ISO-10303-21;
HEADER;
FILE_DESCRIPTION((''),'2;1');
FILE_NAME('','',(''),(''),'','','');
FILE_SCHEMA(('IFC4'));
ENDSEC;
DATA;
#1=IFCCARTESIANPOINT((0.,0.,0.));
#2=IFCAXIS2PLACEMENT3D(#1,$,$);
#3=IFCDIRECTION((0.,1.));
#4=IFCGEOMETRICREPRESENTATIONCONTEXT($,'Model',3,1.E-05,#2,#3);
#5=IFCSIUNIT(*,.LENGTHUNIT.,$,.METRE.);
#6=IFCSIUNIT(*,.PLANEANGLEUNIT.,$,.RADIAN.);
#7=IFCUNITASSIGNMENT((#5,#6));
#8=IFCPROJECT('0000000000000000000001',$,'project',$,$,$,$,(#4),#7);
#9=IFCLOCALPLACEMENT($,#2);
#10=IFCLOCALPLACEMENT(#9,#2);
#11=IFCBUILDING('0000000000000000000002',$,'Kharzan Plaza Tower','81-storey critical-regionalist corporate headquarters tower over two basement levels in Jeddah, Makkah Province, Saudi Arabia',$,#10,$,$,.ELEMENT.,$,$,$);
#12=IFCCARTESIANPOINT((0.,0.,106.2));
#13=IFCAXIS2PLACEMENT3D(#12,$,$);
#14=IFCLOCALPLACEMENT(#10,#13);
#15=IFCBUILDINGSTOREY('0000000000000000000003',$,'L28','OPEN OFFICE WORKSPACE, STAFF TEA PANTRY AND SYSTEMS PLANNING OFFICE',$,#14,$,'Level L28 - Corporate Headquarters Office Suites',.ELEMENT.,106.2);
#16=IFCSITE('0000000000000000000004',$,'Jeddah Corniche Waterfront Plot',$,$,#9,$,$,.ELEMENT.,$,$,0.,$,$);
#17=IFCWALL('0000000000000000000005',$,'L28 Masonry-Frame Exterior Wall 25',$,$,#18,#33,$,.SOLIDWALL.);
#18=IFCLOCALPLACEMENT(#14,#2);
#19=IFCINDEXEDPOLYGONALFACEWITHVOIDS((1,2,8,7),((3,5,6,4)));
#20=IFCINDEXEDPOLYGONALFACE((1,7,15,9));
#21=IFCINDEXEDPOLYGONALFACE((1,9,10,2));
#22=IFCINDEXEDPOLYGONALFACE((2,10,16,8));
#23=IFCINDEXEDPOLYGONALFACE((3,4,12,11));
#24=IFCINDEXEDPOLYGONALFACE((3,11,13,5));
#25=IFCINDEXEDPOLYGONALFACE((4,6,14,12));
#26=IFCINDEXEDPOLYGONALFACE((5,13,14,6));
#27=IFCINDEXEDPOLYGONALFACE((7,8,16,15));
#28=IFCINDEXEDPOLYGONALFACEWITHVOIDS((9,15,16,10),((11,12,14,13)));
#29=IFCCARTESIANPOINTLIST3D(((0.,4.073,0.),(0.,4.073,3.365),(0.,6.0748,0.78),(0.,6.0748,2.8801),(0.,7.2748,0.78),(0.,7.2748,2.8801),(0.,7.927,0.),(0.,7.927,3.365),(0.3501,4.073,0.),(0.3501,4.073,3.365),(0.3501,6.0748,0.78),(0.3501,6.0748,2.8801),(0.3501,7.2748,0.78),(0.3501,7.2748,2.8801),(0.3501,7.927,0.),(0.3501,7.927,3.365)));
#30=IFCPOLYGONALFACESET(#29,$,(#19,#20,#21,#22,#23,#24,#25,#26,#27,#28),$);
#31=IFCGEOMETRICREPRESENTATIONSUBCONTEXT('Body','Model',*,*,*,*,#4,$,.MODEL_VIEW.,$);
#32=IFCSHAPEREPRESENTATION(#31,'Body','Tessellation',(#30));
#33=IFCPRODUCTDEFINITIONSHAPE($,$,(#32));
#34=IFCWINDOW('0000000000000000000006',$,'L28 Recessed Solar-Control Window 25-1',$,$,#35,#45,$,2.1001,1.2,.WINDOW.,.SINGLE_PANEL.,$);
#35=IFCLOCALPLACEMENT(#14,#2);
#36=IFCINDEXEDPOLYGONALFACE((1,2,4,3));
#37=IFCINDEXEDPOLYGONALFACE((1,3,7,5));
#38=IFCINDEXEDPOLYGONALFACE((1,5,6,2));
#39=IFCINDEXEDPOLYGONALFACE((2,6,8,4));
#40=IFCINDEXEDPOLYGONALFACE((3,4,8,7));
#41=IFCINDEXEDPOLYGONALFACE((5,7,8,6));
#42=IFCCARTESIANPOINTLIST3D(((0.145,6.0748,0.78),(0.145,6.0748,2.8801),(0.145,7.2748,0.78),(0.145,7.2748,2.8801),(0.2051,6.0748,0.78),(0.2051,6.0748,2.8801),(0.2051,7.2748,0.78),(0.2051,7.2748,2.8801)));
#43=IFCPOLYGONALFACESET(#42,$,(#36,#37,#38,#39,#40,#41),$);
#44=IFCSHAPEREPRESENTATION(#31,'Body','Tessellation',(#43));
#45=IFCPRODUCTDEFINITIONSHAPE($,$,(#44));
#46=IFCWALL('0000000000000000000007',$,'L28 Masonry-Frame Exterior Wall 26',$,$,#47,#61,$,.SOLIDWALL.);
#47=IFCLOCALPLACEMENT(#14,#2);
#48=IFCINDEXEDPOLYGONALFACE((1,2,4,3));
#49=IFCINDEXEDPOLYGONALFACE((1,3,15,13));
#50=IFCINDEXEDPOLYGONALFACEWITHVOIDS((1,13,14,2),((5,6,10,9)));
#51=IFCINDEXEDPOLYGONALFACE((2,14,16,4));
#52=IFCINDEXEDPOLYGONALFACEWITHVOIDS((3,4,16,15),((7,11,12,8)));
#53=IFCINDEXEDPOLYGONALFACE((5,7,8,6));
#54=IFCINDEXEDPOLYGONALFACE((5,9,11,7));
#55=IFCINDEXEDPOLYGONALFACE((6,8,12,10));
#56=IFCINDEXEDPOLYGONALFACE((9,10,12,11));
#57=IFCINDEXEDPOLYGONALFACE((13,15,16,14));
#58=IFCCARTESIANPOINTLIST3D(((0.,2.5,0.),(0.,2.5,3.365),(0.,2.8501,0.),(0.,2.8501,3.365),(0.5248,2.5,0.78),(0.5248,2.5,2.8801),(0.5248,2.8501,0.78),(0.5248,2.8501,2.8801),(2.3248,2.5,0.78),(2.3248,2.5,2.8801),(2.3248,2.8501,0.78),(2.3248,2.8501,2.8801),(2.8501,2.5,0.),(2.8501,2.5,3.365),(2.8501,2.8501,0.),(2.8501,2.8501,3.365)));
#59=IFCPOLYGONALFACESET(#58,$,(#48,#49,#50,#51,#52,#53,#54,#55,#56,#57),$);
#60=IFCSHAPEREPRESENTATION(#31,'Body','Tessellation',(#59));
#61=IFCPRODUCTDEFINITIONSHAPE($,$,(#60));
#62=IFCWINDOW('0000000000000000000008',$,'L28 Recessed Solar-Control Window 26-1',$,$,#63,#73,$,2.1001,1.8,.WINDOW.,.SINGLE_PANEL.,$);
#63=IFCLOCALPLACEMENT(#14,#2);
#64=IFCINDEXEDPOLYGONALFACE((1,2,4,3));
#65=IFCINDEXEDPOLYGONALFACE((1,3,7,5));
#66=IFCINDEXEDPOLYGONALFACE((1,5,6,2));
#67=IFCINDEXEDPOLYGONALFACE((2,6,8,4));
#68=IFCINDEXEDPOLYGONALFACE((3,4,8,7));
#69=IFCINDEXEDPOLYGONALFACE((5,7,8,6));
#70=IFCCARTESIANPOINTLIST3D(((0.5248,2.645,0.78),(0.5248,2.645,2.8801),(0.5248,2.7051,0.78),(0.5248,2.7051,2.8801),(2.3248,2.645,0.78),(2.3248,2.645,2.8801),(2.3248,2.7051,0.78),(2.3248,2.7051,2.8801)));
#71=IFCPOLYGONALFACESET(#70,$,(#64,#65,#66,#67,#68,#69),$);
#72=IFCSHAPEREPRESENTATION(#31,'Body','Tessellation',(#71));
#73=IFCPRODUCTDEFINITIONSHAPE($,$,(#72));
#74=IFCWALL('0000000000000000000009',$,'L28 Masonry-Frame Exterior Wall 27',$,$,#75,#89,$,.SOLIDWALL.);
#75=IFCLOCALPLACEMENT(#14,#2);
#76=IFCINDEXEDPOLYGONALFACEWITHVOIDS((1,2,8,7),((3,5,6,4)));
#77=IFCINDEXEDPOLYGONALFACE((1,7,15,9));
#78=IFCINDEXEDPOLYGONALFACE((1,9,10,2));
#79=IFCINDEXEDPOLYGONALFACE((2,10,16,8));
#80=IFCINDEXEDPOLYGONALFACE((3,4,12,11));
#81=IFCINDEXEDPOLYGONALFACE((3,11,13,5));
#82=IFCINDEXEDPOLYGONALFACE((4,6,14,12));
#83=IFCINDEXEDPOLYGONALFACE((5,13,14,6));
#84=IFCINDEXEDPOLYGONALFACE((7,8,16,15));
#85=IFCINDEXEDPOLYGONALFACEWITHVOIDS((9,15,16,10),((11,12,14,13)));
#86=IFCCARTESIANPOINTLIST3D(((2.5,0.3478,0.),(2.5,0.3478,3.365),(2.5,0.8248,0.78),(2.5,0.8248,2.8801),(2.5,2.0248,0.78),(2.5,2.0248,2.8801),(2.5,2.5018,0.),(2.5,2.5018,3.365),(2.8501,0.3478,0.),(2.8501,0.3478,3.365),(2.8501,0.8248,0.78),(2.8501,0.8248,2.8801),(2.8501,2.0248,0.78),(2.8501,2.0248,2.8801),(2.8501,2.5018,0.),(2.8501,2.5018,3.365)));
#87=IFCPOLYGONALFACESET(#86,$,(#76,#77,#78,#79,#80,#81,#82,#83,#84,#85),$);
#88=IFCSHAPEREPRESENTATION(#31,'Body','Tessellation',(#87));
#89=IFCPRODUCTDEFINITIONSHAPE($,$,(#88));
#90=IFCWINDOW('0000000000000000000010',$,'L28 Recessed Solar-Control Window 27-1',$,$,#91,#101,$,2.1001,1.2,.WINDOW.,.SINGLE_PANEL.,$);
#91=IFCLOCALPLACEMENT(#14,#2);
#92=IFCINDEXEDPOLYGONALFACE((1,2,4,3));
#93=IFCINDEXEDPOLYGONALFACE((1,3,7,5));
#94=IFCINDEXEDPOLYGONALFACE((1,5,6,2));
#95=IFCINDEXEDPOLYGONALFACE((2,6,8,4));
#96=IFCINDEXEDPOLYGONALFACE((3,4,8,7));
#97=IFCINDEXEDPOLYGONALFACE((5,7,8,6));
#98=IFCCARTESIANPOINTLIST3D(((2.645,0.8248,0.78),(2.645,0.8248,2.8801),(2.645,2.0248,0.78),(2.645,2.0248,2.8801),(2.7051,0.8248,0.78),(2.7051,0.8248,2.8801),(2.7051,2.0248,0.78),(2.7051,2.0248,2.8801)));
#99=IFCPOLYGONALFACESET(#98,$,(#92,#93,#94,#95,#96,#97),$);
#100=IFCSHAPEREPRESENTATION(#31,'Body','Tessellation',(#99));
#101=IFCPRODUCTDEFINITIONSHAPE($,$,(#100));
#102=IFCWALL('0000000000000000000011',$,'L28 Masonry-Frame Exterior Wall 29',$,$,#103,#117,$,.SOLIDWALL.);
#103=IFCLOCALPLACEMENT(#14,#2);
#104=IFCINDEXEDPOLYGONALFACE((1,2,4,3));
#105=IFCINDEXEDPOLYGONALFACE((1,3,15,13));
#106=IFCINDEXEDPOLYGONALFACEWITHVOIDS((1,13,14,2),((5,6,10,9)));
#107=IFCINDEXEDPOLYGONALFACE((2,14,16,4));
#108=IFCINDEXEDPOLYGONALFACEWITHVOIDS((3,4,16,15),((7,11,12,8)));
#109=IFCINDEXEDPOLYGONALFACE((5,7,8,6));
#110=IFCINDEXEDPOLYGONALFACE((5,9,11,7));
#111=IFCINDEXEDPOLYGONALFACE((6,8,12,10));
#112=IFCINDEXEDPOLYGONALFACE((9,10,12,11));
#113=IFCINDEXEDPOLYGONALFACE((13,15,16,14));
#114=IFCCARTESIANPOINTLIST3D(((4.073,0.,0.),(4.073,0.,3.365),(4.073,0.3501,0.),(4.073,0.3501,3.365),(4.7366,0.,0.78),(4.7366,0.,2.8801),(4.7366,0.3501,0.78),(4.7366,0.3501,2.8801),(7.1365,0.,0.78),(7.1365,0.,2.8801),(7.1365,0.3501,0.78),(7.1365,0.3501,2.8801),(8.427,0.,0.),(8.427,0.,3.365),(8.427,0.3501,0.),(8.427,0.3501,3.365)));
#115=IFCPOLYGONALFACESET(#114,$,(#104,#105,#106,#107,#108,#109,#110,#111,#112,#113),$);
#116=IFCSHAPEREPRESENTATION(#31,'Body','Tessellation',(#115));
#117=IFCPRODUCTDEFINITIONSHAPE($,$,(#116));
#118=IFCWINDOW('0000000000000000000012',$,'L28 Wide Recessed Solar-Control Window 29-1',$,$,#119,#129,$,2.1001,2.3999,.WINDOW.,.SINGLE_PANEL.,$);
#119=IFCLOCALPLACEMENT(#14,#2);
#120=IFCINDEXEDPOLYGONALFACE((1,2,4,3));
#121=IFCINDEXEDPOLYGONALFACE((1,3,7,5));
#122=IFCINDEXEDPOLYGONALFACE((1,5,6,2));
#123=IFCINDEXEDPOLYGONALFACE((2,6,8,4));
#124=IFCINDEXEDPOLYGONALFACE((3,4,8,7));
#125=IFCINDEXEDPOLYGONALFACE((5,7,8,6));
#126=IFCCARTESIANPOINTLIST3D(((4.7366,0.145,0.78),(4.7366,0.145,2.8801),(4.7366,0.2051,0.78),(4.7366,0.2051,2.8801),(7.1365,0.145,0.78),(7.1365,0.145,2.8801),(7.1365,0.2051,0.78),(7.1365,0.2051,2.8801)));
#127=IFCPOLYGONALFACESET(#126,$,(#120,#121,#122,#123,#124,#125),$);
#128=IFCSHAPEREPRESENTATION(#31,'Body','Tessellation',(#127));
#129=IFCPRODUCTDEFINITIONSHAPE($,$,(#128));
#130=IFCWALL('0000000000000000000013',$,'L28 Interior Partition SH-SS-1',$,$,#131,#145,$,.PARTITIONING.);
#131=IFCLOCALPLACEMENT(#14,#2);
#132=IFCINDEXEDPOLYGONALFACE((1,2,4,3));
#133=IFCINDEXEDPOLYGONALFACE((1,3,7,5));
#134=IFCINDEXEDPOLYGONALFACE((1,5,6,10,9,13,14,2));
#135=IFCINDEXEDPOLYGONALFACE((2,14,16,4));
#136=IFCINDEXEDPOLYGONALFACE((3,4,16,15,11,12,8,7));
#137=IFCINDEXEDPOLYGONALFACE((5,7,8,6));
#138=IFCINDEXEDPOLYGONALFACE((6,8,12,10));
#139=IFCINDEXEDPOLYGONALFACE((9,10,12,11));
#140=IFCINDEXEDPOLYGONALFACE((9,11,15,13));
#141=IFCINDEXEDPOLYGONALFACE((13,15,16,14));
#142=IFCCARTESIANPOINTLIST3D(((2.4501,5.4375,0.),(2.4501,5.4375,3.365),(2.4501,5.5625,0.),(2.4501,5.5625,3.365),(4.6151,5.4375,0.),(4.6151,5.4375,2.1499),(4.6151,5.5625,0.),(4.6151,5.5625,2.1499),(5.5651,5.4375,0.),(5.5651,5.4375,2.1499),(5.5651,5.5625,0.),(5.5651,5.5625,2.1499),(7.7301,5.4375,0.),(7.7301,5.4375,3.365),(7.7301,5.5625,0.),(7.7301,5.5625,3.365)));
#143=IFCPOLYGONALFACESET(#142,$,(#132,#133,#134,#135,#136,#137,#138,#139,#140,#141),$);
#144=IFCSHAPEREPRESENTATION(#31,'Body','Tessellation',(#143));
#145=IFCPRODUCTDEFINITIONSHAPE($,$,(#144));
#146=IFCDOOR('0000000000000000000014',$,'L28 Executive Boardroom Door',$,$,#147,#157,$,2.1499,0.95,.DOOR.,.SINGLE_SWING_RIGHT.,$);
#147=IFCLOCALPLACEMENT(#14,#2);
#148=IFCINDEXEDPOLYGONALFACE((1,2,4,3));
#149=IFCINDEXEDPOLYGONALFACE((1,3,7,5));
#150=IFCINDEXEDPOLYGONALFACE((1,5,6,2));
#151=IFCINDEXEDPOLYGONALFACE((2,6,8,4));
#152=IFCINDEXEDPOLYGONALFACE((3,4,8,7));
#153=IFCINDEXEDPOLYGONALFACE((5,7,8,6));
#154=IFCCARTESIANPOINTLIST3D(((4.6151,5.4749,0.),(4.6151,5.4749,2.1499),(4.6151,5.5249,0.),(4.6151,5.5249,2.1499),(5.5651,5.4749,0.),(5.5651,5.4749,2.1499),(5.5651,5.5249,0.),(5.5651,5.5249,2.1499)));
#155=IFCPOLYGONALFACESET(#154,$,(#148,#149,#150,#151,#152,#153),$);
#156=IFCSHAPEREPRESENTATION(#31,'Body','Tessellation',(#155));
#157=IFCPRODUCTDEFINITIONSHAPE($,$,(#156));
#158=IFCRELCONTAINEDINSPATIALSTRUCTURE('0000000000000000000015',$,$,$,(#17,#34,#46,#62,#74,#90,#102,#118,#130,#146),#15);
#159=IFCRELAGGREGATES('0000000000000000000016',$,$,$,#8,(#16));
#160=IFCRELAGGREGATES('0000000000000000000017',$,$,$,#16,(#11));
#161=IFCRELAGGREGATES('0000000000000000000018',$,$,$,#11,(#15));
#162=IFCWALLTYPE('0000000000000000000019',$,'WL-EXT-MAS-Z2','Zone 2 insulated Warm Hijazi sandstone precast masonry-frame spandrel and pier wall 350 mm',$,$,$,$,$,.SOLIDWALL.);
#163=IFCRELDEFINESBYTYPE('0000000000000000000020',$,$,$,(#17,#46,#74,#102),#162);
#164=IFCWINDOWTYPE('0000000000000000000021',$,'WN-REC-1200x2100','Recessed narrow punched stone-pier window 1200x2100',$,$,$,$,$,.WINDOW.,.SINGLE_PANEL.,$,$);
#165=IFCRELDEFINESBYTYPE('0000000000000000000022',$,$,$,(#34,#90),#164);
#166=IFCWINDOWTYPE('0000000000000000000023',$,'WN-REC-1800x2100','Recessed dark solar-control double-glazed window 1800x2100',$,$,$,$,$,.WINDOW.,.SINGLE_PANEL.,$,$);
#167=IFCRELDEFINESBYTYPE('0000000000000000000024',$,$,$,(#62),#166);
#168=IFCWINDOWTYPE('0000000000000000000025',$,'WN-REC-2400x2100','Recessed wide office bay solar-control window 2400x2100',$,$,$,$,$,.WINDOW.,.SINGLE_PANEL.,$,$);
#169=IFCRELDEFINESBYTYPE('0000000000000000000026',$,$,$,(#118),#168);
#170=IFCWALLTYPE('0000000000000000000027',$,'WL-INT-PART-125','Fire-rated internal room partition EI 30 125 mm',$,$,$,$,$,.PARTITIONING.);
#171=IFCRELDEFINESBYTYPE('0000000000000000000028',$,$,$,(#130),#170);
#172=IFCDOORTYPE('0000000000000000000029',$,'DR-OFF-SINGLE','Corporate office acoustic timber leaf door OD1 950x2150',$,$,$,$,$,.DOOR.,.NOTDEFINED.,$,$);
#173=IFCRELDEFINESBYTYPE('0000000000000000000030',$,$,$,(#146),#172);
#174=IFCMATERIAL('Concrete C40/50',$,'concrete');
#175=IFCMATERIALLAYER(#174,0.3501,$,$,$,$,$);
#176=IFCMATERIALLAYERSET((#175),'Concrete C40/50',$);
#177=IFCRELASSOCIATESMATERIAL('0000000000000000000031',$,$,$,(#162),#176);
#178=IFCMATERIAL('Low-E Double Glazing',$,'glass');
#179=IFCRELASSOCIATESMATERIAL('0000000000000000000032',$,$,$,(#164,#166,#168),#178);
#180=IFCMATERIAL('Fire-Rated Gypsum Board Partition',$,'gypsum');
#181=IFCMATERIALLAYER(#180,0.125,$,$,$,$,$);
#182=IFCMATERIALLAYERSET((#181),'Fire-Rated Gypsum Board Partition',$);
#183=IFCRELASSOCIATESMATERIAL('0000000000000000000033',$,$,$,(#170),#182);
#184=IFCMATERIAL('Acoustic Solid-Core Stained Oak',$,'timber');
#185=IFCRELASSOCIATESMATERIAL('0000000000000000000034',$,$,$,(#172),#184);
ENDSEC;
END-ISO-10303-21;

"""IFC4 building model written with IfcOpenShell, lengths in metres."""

from ifc_helpers import new_model, si_unit, direction, frame, frame_2d, origin, place, context, subcontext, project, spatial, rectangle, extrude, source, transform, mapped, material, layer, layer_set, type_object, element, fill, save


model = new_model("IFC4")

# Units and contexts
model_context = context("Model", 3, precision=1e-05, world=origin(), true_north=direction((0.0, 1.0)))
body_context = subcontext(model_context, "Body", "Model", "MODEL_VIEW")
ifc_project = project(units=[si_unit("LENGTHUNIT", "METRE"), si_unit("PLANEANGLEUNIT", "RADIAN")], contexts=[model_context])

# Site, building, storey
site_placement = place(None, origin())
site = spatial("IfcSite", under=ifc_project, at=site_placement, Name="Jeddah Corniche Waterfront Plot", CompositionType="ELEMENT", RefElevation=0.0)
building_placement = place(site_placement, origin())
building = spatial("IfcBuilding", under=site, at=building_placement, Name="Kharzan Plaza Tower", Description="81-storey critical-regionalist corporate headquarters tower over two basement levels in Jeddah, Makkah Province, Saudi Arabia", CompositionType="ELEMENT")
storey_placement = place(building_placement, frame((0.0, 0.0, 106.2)))
storey = spatial("IfcBuildingStorey", under=building, at=storey_placement, Name="L28", Description="OPEN OFFICE WORKSPACE, STAFF TEA PANTRY AND SYSTEMS PLANNING OFFICE", LongName="Level L28 - Corporate Headquarters Office Suites", CompositionType="ELEMENT", Elevation=106.2)

# Shared definitions
ifc_material_1 = material(Name="Concrete C40/50", Category="concrete")

# Walls, openings, windows
ifc_layer_1 = layer(ifc_material_1, 0.3501)
ifc_layer_set_1 = layer_set([ifc_layer_1], Name="Concrete C40/50")
wall_type_1 = type_object("IfcWallType", Name="WL-EXT-MAS-Z2", Description="Zone 2 insulated Warm Hijazi sandstone precast masonry-frame spandrel and pier wall 350 mm", PredefinedType="SOLIDWALL", material=ifc_layer_set_1)
wall_1_placement = place(storey_placement, frame((0.175, 7.927, 0.0), z_axis=(0.0, 0.0, 1.0), x_axis=(0.0, -1.0, 0.0)))
wall_1 = element("IfcWall", 1, at=wall_1_placement, inside=storey, type_object=wall_type_1, Name="L28 Masonry-Frame Exterior Wall 25", PredefinedType="SOLIDWALL", context=body_context, shape_type="SweptSolid", body=[
    extrude(rectangle(XDim=3.854, YDim=0.3501, at=frame_2d((1.927, 0.0))), origin(), (0.0, 0.0, 1.0), 3.365),
])
opening_1_placement = place(wall_1_placement, frame((0.6521, 0.0, 0.78)))
opening_1 = element("IfcOpeningElement", 2, at=opening_1_placement, cuts=wall_1, PredefinedType="OPENING", context=body_context, shape_type="SweptSolid", body=[
    extrude(rectangle(XDim=1.2, YDim=2.1001, at=frame_2d((0.6001, 1.05))), frame((0.0, 0.1851, 0.0), z_axis=(0.0, -1.0, 0.0), x_axis=(1.0, 0.0, 0.0)), (0.0, 0.0, 1.0), 0.3701),
])
ifc_material_2 = material(Name="Low-E Double Glazing", Category="glass")
window_type_1 = type_object("IfcWindowType", Name="WN-REC-1200x2100", Description="Recessed narrow punched stone-pier window 1200x2100", PartitioningType="SINGLE_PANEL", PredefinedType="WINDOW", material=ifc_material_2)
shared_shape_1 = source(origin(), body_context, "Body", "SweptSolid", [
    extrude(rectangle(XDim=1.2, YDim=2.1001, at=frame_2d((0.6001, 1.05))), frame((0.0, 0.03, 0.0), z_axis=(0.0, -1.0, 0.0), x_axis=(1.0, 0.0, 0.0)), (0.0, 0.0, 1.0), 0.0601),
])
window_1_placement = place(opening_1_placement, origin())
window_1 = element("IfcWindow", 3, at=window_1_placement, inside=storey, type_object=window_type_1, Name="L28 Recessed Solar-Control Window 25-1", OverallHeight=2.1001, OverallWidth=1.2, PartitioningType="SINGLE_PANEL", PredefinedType="WINDOW", context=body_context, shape_type="MappedRepresentation", body=[
    mapped(shared_shape_1, transform((0.0, 0.0, 0.0), x_axis=(1.0, 0.0, 0.0), y_axis=(0.0, 1.0, 0.0), z_axis=(0.0, 0.0, 1.0))),
])
fill(opening_1, window_1)
wall_2_placement = place(storey_placement, frame((0.0, 2.675, 0.0), z_axis=(0.0, 0.0, 1.0), x_axis=(1.0, 0.0, 0.0)))
wall_2 = element("IfcWall", 4, at=wall_2_placement, inside=storey, type_object=wall_type_1, Name="L28 Masonry-Frame Exterior Wall 26", PredefinedType="SOLIDWALL", context=body_context, shape_type="SweptSolid", body=[
    extrude(rectangle(XDim=2.8501, YDim=0.3501, at=frame_2d((1.425, 0.0))), origin(), (0.0, 0.0, 1.0), 3.365),
])
opening_2_placement = place(wall_2_placement, frame((0.5249, 0.0, 0.78)))
opening_2 = element("IfcOpeningElement", 5, at=opening_2_placement, cuts=wall_2, PredefinedType="OPENING", context=body_context, shape_type="SweptSolid", body=[
    extrude(rectangle(XDim=1.8, YDim=2.1001, at=frame_2d((0.8999, 1.05))), frame((0.0, 0.1851, 0.0), z_axis=(0.0, -1.0, 0.0), x_axis=(1.0, 0.0, 0.0)), (0.0, 0.0, 1.0), 0.3701),
])
window_type_2 = type_object("IfcWindowType", Name="WN-REC-1800x2100", Description="Recessed dark solar-control double-glazed window 1800x2100", PartitioningType="SINGLE_PANEL", PredefinedType="WINDOW", material=ifc_material_2)
shared_shape_2 = source(origin(), body_context, "Body", "SweptSolid", [
    extrude(rectangle(XDim=1.8, YDim=2.1001, at=frame_2d((0.8999, 1.05))), frame((0.0, 0.03, 0.0), z_axis=(0.0, -1.0, 0.0), x_axis=(1.0, 0.0, 0.0)), (0.0, 0.0, 1.0), 0.0601),
])
window_2_placement = place(opening_2_placement, origin())
window_2 = element("IfcWindow", 6, at=window_2_placement, inside=storey, type_object=window_type_2, Name="L28 Recessed Solar-Control Window 26-1", OverallHeight=2.1001, OverallWidth=1.8, PartitioningType="SINGLE_PANEL", PredefinedType="WINDOW", context=body_context, shape_type="MappedRepresentation", body=[
    mapped(shared_shape_2, transform((0.0, 0.0, 0.0), x_axis=(1.0, 0.0, 0.0), y_axis=(0.0, 1.0, 0.0), z_axis=(0.0, 0.0, 1.0))),
])
fill(opening_2, window_2)
wall_3_placement = place(storey_placement, frame((2.675, 2.502, 0.0), z_axis=(0.0, 0.0, 1.0), x_axis=(0.0, -1.0, 0.0)))
wall_3 = element("IfcWall", 7, at=wall_3_placement, inside=storey, type_object=wall_type_1, Name="L28 Masonry-Frame Exterior Wall 27", PredefinedType="SOLIDWALL", context=body_context, shape_type="SweptSolid", body=[
    extrude(rectangle(XDim=2.1541, YDim=0.3501, at=frame_2d((1.0771, 0.0))), origin(), (0.0, 0.0, 1.0), 3.365),
])
opening_3_placement = place(wall_3_placement, frame((0.4771, 0.0, 0.78)))
opening_3 = element("IfcOpeningElement", 8, at=opening_3_placement, cuts=wall_3, PredefinedType="OPENING", context=body_context, shape_type="SweptSolid", body=[
    extrude(rectangle(XDim=1.2, YDim=2.1001, at=frame_2d((0.6001, 1.05))), frame((0.0, 0.1851, 0.0), z_axis=(0.0, -1.0, 0.0), x_axis=(1.0, 0.0, 0.0)), (0.0, 0.0, 1.0), 0.3701),
])
window_3_placement = place(opening_3_placement, origin())
window_3 = element("IfcWindow", 9, at=window_3_placement, inside=storey, type_object=window_type_1, Name="L28 Recessed Solar-Control Window 27-1", OverallHeight=2.1001, OverallWidth=1.2, PartitioningType="SINGLE_PANEL", PredefinedType="WINDOW", context=body_context, shape_type="MappedRepresentation", body=[
    mapped(shared_shape_1, transform((0.0, 0.0, 0.0), x_axis=(1.0, 0.0, 0.0), y_axis=(0.0, 1.0, 0.0), z_axis=(0.0, 0.0, 1.0))),
])
fill(opening_3, window_3)
wall_4_placement = place(storey_placement, frame((4.073, 0.175, 0.0), z_axis=(0.0, 0.0, 1.0), x_axis=(1.0, 0.0, 0.0)))
wall_4 = element("IfcWall", 10, at=wall_4_placement, inside=storey, type_object=wall_type_1, Name="L28 Masonry-Frame Exterior Wall 29", PredefinedType="SOLIDWALL", context=body_context, shape_type="SweptSolid", body=[
    extrude(rectangle(XDim=4.354, YDim=0.3501, at=frame_2d((2.177, 0.0))), origin(), (0.0, 0.0, 1.0), 3.365),
])
opening_4_placement = place(wall_4_placement, frame((0.6636, 0.0, 0.78)))
opening_4 = element("IfcOpeningElement", 11, at=opening_4_placement, cuts=wall_4, PredefinedType="OPENING", context=body_context, shape_type="SweptSolid", body=[
    extrude(rectangle(XDim=2.3999, YDim=2.1001, at=frame_2d((1.2, 1.05))), frame((0.0, 0.1851, 0.0), z_axis=(0.0, -1.0, 0.0), x_axis=(1.0, 0.0, 0.0)), (0.0, 0.0, 1.0), 0.3701),
])
window_type_3 = type_object("IfcWindowType", Name="WN-REC-2400x2100", Description="Recessed wide office bay solar-control window 2400x2100", PartitioningType="SINGLE_PANEL", PredefinedType="WINDOW", material=ifc_material_2)
shared_shape_3 = source(origin(), body_context, "Body", "SweptSolid", [
    extrude(rectangle(XDim=2.3999, YDim=2.1001, at=frame_2d((1.2, 1.05))), frame((0.0, 0.03, 0.0), z_axis=(0.0, -1.0, 0.0), x_axis=(1.0, 0.0, 0.0)), (0.0, 0.0, 1.0), 0.0601),
])
window_4_placement = place(opening_4_placement, origin())
window_4 = element("IfcWindow", 12, at=window_4_placement, inside=storey, type_object=window_type_3, Name="L28 Wide Recessed Solar-Control Window 29-1", OverallHeight=2.1001, OverallWidth=2.3999, PartitioningType="SINGLE_PANEL", PredefinedType="WINDOW", context=body_context, shape_type="MappedRepresentation", body=[
    mapped(shared_shape_3, transform((0.0, 0.0, 0.0), x_axis=(1.0, 0.0, 0.0), y_axis=(0.0, 1.0, 0.0), z_axis=(0.0, 0.0, 1.0))),
])
fill(opening_4, window_4)

# Wall, opening, door
ifc_material_3 = material(Name="Fire-Rated Gypsum Board Partition", Category="gypsum")
ifc_layer_2 = layer(ifc_material_3, 0.125)
ifc_layer_set_2 = layer_set([ifc_layer_2], Name="Fire-Rated Gypsum Board Partition")
wall_type_2 = type_object("IfcWallType", Name="WL-INT-PART-125", Description="Fire-rated internal room partition EI 30 125 mm", PredefinedType="PARTITIONING", material=ifc_layer_set_2)
wall_5_placement = place(storey_placement, frame((2.45, 5.5, 0.0), z_axis=(0.0, 0.0, 1.0), x_axis=(1.0, 0.0, 0.0)))
wall_5 = element("IfcWall", 13, at=wall_5_placement, inside=storey, type_object=wall_type_2, Name="L28 Interior Partition SH-SS-1", PredefinedType="PARTITIONING", context=body_context, shape_type="SweptSolid", body=[
    extrude(rectangle(XDim=5.28, YDim=0.125, at=frame_2d((2.6401, 0.0))), origin(), (0.0, 0.0, 1.0), 3.365),
])
opening_5_placement = place(wall_5_placement, frame((2.165, 0.0, 0.0)))
opening_5 = element("IfcOpeningElement", 14, at=opening_5_placement, cuts=wall_5, PredefinedType="OPENING", context=body_context, shape_type="SweptSolid", body=[
    extrude(rectangle(XDim=0.95, YDim=2.1499, at=frame_2d((0.4751, 1.075))), frame((0.0, 0.0725, 0.0), z_axis=(0.0, -1.0, 0.0), x_axis=(1.0, 0.0, 0.0)), (0.0, 0.0, 1.0), 0.145),
])
ifc_material_4 = material(Name="Acoustic Solid-Core Stained Oak", Category="timber")
door_type = type_object("IfcDoorType", Name="DR-OFF-SINGLE", Description="Corporate office acoustic timber leaf door OD1 950x2150", OperationType="NOTDEFINED", PredefinedType="DOOR", material=ifc_material_4)
shared_shape_4 = source(origin(), body_context, "Body", "SweptSolid", [
    extrude(rectangle(XDim=0.95, YDim=2.1499, at=frame_2d((0.4751, 1.075))), frame((0.0, 0.0249, 0.0), z_axis=(0.0, -1.0, 0.0), x_axis=(1.0, 0.0, 0.0)), (0.0, 0.0, 1.0), 0.05),
])
door_1_placement = place(opening_5_placement, origin())
door_1 = element("IfcDoor", 15, at=door_1_placement, inside=storey, type_object=door_type, Name="L28 Executive Boardroom Door", OperationType="SINGLE_SWING_RIGHT", OverallHeight=2.1499, OverallWidth=0.95, PredefinedType="DOOR", context=body_context, shape_type="MappedRepresentation", body=[
    mapped(shared_shape_4, transform((0.0, 0.0, 0.0), x_axis=(1.0, 0.0, 0.0), y_axis=(0.0, 1.0, 0.0), z_axis=(0.0, 0.0, 1.0))),
])
fill(opening_5, door_1)

save(model, "model.ifc")
